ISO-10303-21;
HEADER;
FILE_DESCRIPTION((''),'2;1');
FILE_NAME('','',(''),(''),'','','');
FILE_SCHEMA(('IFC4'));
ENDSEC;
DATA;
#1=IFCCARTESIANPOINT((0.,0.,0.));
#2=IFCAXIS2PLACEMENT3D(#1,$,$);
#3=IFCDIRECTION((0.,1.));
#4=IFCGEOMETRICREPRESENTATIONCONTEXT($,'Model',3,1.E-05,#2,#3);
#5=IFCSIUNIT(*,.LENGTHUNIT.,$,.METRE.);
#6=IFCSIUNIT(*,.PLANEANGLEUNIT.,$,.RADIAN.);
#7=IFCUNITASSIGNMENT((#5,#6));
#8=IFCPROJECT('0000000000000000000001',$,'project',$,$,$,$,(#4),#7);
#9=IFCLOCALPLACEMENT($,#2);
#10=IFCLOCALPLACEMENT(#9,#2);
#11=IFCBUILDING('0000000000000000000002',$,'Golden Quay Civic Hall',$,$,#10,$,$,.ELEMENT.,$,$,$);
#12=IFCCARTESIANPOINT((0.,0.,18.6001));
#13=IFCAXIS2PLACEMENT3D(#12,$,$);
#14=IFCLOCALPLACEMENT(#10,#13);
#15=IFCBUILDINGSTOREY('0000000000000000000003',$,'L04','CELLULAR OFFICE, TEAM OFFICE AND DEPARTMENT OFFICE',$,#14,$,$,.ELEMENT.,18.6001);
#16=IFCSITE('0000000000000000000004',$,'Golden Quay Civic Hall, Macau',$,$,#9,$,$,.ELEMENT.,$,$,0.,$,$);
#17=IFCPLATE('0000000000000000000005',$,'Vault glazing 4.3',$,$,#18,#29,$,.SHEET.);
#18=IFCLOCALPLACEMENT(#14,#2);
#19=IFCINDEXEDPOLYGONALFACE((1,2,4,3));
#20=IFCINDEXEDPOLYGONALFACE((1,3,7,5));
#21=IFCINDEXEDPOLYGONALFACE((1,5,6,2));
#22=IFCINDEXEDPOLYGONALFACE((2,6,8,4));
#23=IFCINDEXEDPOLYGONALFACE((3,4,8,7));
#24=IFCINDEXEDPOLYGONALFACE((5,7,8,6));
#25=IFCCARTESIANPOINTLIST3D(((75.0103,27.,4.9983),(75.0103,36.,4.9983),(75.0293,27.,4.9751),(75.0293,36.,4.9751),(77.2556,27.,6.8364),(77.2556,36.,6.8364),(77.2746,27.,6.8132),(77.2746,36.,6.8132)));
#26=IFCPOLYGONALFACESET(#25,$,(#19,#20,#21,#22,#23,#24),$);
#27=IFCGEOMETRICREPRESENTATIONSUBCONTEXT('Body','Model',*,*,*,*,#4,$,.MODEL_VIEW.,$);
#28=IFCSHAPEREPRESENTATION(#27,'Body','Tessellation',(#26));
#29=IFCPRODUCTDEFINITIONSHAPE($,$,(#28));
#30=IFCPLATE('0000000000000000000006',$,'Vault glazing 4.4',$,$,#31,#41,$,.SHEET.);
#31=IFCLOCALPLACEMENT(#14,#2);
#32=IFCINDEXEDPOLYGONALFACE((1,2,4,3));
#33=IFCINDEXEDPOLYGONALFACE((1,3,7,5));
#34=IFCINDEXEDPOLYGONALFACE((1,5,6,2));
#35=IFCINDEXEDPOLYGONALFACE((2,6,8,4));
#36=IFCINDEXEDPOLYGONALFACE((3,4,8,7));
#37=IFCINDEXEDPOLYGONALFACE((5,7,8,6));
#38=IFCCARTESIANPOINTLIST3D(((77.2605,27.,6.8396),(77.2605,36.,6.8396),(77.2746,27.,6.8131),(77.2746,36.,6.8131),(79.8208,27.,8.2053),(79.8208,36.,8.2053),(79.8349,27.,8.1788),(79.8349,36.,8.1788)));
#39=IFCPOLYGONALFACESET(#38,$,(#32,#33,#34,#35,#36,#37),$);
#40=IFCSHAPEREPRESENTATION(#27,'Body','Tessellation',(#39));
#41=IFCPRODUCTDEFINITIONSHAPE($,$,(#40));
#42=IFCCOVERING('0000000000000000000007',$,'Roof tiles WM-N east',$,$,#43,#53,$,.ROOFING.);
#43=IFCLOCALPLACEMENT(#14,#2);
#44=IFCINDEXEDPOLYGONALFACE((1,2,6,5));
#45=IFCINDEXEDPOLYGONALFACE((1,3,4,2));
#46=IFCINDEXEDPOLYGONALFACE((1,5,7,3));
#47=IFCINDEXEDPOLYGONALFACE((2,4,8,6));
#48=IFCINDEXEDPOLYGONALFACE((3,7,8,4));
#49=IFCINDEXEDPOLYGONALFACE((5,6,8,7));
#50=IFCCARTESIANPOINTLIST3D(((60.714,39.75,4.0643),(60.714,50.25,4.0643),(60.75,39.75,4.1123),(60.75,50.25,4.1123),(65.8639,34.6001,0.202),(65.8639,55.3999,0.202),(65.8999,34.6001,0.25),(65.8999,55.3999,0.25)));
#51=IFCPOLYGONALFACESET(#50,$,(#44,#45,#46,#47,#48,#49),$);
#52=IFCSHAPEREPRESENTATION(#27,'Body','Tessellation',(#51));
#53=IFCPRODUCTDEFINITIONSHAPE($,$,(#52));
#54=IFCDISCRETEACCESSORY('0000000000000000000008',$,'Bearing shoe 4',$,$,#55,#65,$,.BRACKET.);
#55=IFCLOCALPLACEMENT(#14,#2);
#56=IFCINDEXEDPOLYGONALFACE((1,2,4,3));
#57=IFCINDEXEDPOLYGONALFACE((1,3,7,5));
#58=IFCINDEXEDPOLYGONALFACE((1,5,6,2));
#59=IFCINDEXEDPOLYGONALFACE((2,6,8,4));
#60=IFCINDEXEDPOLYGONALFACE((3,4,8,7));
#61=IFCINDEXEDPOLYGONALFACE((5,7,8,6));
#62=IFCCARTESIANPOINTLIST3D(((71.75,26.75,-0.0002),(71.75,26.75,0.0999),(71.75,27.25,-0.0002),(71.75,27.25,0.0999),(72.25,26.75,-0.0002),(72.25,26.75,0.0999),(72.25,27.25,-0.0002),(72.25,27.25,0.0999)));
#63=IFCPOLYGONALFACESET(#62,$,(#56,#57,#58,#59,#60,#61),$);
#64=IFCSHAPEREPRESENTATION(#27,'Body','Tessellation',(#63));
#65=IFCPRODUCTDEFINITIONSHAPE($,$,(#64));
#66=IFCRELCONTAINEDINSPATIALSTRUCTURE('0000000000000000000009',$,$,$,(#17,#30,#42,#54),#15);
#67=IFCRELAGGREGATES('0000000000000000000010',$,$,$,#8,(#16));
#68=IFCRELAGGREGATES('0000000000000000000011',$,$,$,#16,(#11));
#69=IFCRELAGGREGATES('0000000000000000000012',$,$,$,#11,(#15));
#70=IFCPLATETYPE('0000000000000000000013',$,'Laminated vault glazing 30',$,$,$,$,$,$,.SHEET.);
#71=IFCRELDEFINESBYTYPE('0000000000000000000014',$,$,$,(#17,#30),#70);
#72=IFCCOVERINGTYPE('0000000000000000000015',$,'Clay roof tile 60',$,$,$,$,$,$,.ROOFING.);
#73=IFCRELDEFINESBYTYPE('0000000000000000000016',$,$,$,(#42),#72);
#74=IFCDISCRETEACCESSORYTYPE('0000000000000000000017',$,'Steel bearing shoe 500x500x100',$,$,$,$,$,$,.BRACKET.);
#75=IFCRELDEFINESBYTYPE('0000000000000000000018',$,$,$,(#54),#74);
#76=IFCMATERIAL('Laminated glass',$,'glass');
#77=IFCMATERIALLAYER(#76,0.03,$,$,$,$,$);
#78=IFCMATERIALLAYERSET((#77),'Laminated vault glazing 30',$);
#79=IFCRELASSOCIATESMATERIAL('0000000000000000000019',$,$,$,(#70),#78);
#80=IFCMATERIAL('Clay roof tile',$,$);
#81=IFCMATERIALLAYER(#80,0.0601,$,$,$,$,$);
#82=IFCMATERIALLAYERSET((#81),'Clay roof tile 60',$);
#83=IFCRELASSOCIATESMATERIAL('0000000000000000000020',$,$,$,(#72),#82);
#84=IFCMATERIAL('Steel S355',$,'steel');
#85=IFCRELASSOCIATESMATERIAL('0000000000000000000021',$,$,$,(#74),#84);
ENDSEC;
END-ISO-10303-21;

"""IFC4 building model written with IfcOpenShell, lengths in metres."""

from ifc_helpers import new_model, si_unit, direction, frame, origin, origin_2d, place, context, subcontext, project, spatial, polyline, rectangle, outline, extrude, material, layer, layer_set, type_object, element, save


model = new_model("IFC4")

# Units and contexts
model_context = context("Model", 3, precision=1e-05, world=origin(), true_north=direction((0.0, 1.0)))
body_context = subcontext(model_context, "Body", "Model", "MODEL_VIEW")
ifc_project = project(units=[si_unit("LENGTHUNIT", "METRE"), si_unit("PLANEANGLEUNIT", "RADIAN")], contexts=[model_context])

# Site, building, storey
site_placement = place(None, origin())
site = spatial("IfcSite", under=ifc_project, at=site_placement, Name="Golden Quay Civic Hall, Macau", CompositionType="ELEMENT", RefElevation=0.0)
building_placement = place(site_placement, origin())
building = spatial("IfcBuilding", under=site, at=building_placement, Name="Golden Quay Civic Hall", CompositionType="ELEMENT")
storey_placement = place(building_placement, frame((0.0, 0.0, 18.6001)))
storey = spatial("IfcBuildingStorey", under=building, at=storey_placement, Name="L04", Description="CELLULAR OFFICE, TEAM OFFICE AND DEPARTMENT OFFICE", CompositionType="ELEMENT", Elevation=18.6001)

# Plates
ifc_material_1 = material(Name="Laminated glass", Category="glass")
ifc_layer_1 = layer(ifc_material_1, 0.03)
ifc_layer_set_1 = layer_set([ifc_layer_1], Name="Laminated vault glazing 30")
plate_type_1 = type_object("IfcPlateType", Name="Laminated vault glazing 30", PredefinedType="SHEET", material=ifc_layer_set_1)
plate_1_placement = place(storey_placement, frame((75.0103, 27.0, 4.9983), z_axis=(-0.633449, 0.0, 0.773785), x_axis=(0.773785, 0.0, 0.633449)))
element("IfcPlate", 1, at=plate_1_placement, inside=storey, type_object=plate_type_1, Name="Vault glazing 4.3", PredefinedType="SHEET", context=body_context, shape_type="SweptSolid", body=[
    extrude(outline(polyline([(0.0, 0.0), (2.9018, 0.0), (2.9018, 9.0), (0.0, 9.0), (0.0, 0.0)])), origin(), (0.0, 0.0, -1.0), 0.03),
])
plate_2_placement = place(storey_placement, frame((77.2605, 27.0, 6.8396), z_axis=(-0.470649, 0.0, 0.88232), x_axis=(0.88232, 0.0, 0.470649)))
element("IfcPlate", 2, at=plate_2_placement, inside=storey, type_object=plate_type_1, Name="Vault glazing 4.4", PredefinedType="SHEET", context=body_context, shape_type="SweptSolid", body=[
    extrude(outline(polyline([(0.0, 0.0), (2.9018, 0.0), (2.9018, 9.0), (0.0, 9.0), (0.0, 0.0)])), origin(), (0.0, 0.0, -1.0), 0.03),
])

# Covering
ifc_material_2 = material(Name="Clay roof tile")
ifc_layer_2 = layer(ifc_material_2, 0.0601)
ifc_layer_set_2 = layer_set([ifc_layer_2], Name="Clay roof tile 60")
covering_type = type_object("IfcCoveringType", Name="Clay roof tile 60", PredefinedType="ROOFING", material=ifc_layer_set_2)
covering_placement = place(storey_placement, frame((65.8999, 34.6001, 0.25), z_axis=(0.599988, 0.0, 0.800009), x_axis=(0.0, 1.0, 0.0)))
element("IfcCovering", 3, at=covering_placement, inside=storey, type_object=covering_type, Name="Roof tiles WM-N east", PredefinedType="ROOFING", context=body_context, shape_type="SweptSolid", body=[
    extrude(outline(polyline([(0.0, 0.0), (20.7998, 0.0), (15.6499, 6.4373), (5.1499, 6.4373), (0.0, 0.0)])), origin(), (0.0, 0.0, -1.0), 0.0601),
])

# Discrete accessory
ifc_material_3 = material(Name="Steel S355", Category="steel")
discrete_accessory_type = type_object("IfcDiscreteAccessoryType", Name="Steel bearing shoe 500x500x100", PredefinedType="BRACKET", material=ifc_material_3)
discrete_accessory_placement = place(storey_placement, frame((72.0, 27.0, -0.0002), z_axis=(0.0, 0.0, 1.0), x_axis=(1.0, 0.0, 0.0)))
element("IfcDiscreteAccessory", 4, at=discrete_accessory_placement, inside=storey, type_object=discrete_accessory_type, Name="Bearing shoe 4", PredefinedType="BRACKET", context=body_context, shape_type="SweptSolid", body=[
    extrude(rectangle(XDim=0.5, YDim=0.5, at=origin_2d()), origin(), (0.0, 0.0, 1.0), 0.1001),
])

save(model, "model.ifc")
